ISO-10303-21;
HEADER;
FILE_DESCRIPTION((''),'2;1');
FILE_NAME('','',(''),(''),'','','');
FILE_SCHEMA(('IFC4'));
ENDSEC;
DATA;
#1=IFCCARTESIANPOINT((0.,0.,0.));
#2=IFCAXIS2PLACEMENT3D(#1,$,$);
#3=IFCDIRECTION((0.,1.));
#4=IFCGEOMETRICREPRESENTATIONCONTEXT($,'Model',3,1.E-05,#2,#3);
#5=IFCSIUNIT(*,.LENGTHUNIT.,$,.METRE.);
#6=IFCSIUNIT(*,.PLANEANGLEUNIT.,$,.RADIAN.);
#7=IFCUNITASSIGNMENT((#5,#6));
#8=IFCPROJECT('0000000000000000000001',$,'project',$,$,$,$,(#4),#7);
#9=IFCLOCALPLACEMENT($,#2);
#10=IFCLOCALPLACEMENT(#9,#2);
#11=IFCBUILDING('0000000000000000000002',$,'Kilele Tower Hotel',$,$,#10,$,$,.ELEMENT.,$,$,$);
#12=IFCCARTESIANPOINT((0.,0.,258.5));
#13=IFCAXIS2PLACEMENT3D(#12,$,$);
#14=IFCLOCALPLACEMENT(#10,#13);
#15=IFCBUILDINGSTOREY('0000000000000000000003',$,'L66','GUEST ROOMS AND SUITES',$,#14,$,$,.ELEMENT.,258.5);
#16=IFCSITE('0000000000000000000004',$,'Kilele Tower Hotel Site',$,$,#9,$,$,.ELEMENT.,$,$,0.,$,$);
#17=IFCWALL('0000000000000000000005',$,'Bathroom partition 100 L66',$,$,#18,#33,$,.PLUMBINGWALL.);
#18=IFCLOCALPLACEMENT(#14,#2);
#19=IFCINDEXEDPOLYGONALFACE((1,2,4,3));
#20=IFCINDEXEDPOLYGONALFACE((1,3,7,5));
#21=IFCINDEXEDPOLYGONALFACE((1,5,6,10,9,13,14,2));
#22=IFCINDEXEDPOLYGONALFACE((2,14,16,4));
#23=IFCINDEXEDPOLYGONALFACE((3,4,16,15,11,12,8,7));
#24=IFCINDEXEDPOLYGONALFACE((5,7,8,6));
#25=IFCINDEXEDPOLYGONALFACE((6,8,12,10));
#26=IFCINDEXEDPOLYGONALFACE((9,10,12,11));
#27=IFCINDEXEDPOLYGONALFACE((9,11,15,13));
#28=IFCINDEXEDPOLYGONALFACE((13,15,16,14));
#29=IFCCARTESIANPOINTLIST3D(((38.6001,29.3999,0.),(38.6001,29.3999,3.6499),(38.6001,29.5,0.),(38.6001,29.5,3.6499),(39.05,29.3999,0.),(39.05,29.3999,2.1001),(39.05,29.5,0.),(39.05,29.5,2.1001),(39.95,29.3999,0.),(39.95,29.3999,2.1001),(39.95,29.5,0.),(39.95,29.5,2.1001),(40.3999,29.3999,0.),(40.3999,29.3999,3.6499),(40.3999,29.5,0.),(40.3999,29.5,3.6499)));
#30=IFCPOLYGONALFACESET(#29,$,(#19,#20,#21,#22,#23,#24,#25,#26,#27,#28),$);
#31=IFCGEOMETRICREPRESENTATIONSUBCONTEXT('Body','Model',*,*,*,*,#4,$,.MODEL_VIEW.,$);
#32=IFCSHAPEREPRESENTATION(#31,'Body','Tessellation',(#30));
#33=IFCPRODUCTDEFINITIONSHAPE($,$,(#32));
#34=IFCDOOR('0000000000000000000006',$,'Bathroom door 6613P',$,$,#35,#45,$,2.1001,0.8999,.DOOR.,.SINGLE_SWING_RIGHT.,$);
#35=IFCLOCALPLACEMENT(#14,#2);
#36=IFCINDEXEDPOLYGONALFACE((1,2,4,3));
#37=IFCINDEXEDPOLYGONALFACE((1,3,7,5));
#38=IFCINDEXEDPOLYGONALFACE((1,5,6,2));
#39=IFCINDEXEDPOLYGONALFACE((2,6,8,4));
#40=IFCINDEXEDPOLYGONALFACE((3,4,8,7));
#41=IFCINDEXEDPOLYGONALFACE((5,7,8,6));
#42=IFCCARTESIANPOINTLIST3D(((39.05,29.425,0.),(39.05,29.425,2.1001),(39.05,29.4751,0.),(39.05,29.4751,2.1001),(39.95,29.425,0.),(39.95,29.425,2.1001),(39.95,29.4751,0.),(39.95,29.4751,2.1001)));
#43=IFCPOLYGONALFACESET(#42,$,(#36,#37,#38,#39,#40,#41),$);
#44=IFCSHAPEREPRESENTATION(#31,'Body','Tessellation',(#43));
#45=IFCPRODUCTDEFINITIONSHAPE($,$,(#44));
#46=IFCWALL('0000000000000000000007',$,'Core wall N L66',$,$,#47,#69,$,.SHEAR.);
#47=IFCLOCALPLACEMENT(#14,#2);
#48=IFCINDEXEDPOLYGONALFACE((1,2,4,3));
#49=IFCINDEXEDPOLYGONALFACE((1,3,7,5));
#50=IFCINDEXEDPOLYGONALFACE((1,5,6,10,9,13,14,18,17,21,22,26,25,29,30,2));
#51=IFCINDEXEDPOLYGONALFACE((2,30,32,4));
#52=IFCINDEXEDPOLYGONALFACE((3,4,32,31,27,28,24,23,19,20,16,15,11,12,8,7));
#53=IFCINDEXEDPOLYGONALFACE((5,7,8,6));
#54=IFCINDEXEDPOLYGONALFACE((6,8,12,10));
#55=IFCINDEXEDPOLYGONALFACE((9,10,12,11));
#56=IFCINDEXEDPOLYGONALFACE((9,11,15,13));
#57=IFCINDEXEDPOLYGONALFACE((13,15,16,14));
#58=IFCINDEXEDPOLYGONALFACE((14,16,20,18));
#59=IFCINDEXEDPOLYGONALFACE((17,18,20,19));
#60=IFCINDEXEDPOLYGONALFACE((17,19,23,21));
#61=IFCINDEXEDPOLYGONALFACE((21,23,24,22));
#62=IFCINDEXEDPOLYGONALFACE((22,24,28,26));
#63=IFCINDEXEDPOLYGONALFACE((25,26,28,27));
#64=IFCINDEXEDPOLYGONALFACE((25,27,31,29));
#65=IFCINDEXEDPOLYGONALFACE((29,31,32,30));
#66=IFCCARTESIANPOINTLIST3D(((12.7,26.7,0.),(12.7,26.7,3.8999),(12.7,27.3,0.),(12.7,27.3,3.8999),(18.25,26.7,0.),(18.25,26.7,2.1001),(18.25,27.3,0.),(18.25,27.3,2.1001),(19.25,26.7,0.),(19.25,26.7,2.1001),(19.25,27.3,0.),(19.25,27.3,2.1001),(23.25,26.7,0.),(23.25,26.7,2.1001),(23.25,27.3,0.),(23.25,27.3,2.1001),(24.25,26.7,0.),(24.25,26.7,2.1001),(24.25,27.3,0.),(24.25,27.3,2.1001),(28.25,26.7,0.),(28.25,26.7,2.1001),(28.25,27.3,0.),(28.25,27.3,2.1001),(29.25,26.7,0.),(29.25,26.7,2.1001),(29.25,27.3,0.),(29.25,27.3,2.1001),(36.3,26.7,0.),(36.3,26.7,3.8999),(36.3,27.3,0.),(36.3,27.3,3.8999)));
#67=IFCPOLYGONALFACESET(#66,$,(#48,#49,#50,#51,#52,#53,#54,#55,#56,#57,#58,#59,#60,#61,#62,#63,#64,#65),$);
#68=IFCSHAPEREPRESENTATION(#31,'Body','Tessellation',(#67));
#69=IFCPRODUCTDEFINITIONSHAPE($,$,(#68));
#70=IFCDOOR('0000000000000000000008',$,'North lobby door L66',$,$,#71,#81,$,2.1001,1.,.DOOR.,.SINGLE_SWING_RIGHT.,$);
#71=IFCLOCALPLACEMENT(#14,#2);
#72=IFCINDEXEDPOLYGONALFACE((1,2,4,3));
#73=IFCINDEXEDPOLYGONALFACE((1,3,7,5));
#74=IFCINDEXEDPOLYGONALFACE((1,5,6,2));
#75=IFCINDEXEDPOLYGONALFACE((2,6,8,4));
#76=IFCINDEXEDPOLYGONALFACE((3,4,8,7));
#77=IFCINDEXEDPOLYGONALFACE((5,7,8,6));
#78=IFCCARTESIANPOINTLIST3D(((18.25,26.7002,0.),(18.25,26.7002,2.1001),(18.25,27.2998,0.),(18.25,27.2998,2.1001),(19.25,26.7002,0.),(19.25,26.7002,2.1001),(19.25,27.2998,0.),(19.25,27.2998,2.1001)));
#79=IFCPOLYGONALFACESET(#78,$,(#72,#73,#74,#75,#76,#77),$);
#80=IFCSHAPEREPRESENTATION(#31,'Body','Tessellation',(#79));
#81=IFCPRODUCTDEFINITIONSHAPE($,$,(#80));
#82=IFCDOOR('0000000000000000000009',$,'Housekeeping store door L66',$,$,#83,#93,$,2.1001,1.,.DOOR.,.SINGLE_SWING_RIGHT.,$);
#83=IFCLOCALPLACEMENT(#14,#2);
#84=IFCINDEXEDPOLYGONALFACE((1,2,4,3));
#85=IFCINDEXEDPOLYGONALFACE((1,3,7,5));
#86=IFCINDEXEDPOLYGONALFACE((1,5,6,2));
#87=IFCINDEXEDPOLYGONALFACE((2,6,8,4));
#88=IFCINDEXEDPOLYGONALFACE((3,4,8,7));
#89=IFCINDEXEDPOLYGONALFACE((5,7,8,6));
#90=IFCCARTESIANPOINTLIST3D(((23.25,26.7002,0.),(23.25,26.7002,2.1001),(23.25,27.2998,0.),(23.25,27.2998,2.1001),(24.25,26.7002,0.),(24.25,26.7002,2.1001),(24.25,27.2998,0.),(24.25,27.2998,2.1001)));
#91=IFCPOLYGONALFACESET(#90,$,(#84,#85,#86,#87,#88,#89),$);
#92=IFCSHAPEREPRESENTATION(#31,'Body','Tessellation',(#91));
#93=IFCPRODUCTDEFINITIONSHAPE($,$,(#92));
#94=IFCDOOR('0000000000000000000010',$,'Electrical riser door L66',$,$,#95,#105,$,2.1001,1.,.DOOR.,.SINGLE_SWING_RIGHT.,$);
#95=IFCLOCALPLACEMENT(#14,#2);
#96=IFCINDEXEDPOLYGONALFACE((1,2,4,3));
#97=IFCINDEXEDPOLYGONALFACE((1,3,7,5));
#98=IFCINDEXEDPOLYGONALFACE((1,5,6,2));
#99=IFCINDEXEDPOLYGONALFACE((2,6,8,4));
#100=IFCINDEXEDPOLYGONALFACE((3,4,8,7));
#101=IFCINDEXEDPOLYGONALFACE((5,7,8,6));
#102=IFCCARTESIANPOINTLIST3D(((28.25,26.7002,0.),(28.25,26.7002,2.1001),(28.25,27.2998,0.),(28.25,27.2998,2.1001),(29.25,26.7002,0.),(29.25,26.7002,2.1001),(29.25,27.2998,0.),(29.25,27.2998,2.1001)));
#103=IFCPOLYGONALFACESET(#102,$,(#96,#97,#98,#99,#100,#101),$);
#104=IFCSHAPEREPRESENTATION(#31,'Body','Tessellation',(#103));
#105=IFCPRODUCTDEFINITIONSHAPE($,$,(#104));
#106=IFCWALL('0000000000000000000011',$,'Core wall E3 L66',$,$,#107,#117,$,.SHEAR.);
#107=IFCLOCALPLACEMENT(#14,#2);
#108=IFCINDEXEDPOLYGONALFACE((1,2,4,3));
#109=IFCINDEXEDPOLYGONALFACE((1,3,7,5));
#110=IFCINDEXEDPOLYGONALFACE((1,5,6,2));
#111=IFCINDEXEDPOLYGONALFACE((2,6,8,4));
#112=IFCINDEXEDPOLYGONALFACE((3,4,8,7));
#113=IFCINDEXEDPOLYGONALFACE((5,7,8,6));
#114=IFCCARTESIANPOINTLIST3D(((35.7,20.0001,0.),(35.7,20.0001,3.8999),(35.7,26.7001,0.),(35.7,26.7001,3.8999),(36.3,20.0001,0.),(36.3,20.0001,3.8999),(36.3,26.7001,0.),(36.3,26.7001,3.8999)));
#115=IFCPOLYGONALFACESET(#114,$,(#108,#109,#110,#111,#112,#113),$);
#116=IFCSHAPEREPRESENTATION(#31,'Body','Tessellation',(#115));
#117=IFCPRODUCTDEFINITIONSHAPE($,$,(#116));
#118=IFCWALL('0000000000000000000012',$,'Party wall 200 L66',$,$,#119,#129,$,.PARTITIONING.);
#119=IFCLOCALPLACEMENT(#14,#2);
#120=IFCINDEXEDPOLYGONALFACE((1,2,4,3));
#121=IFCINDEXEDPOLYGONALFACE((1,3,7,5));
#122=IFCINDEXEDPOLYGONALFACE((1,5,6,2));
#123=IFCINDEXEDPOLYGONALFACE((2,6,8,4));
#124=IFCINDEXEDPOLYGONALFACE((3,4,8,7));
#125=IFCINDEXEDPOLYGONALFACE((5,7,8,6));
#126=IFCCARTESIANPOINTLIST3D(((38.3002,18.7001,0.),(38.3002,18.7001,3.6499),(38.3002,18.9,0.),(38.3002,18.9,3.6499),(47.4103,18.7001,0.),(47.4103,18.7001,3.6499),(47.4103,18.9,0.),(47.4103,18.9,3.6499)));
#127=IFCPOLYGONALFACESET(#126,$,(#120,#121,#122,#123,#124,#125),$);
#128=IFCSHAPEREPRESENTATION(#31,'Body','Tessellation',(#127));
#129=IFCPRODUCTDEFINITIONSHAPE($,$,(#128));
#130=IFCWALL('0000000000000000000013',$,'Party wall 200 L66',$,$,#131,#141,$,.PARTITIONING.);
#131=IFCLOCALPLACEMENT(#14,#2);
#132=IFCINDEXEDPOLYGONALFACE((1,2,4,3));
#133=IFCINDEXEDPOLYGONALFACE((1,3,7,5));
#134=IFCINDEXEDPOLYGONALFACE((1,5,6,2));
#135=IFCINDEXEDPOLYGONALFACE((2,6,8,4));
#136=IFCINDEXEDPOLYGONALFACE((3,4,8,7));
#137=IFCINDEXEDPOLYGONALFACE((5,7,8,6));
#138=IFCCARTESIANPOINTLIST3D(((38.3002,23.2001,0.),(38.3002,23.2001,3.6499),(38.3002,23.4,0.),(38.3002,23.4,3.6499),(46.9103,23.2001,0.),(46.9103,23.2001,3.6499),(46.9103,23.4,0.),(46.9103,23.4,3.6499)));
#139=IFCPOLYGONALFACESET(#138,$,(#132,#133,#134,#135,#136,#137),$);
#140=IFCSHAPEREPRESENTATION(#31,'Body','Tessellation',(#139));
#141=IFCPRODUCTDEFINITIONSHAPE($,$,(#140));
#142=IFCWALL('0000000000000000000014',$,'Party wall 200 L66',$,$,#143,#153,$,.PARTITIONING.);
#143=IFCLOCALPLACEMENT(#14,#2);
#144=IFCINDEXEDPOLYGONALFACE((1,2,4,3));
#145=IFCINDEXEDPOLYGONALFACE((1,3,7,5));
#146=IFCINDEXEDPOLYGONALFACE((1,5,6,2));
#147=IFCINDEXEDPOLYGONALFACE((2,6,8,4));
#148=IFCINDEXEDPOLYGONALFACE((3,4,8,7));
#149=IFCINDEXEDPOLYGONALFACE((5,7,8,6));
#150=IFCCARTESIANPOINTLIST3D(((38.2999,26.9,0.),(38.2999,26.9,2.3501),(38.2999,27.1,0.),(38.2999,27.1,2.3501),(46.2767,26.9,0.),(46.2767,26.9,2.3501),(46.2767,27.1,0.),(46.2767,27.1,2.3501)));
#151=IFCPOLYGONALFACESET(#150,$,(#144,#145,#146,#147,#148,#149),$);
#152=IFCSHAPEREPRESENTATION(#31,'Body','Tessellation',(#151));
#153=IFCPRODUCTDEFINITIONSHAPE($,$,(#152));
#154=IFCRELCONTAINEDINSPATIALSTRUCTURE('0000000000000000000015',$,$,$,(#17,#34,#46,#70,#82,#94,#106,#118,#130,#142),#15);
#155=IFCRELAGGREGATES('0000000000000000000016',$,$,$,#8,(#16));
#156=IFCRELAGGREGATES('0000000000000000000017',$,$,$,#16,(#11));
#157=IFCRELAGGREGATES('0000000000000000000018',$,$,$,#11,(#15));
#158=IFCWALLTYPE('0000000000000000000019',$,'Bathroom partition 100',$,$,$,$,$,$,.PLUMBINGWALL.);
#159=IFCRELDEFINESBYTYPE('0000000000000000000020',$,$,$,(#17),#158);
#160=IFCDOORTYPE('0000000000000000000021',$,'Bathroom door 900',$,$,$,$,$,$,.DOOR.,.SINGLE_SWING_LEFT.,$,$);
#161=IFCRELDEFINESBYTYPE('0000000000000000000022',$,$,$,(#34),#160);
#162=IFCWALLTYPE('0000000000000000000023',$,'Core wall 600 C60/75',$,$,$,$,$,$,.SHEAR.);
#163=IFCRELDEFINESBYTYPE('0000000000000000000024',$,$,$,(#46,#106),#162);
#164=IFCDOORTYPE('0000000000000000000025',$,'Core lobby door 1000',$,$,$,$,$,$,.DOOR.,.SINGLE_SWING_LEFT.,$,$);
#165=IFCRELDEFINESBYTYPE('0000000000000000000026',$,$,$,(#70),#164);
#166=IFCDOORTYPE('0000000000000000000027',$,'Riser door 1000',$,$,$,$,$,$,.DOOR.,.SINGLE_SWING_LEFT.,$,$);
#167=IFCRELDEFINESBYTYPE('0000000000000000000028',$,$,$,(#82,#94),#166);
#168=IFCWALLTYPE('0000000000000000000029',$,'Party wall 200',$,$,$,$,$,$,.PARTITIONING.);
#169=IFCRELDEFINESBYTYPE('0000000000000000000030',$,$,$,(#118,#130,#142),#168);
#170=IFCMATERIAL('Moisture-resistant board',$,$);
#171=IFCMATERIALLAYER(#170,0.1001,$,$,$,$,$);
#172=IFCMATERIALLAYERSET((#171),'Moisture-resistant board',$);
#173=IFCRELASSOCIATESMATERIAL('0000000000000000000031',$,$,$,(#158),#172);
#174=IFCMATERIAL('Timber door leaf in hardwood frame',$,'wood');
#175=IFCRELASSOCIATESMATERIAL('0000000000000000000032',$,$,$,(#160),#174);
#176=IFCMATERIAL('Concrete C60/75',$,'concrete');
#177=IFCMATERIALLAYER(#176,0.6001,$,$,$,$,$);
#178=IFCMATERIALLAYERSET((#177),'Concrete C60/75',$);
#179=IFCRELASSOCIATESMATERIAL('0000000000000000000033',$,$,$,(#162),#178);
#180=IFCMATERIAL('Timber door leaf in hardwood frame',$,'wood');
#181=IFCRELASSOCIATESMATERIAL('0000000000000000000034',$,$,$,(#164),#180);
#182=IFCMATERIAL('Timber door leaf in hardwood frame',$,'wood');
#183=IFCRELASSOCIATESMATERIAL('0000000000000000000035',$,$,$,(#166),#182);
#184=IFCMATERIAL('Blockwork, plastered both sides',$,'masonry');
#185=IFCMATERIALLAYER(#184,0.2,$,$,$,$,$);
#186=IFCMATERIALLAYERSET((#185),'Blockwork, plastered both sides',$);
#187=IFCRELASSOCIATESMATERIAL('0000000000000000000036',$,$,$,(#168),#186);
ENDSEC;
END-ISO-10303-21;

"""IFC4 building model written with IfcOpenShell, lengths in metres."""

from ifc_helpers import new_model, si_unit, direction, frame, frame_2d, origin, place, context, subcontext, project, spatial, rectangle, extrude, material, layer, layer_set, type_object, element, fill, save


model = new_model("IFC4")

# Units and contexts
model_context = context("Model", 3, precision=1e-05, world=origin(), true_north=direction((0.0, 1.0)))
body_context = subcontext(model_context, "Body", "Model", "MODEL_VIEW")
ifc_project = project(units=[si_unit("LENGTHUNIT", "METRE"), si_unit("PLANEANGLEUNIT", "RADIAN")], contexts=[model_context])

# Site, building, storey
site_placement = place(None, origin())
site = spatial("IfcSite", under=ifc_project, at=site_placement, Name="Kilele Tower Hotel Site", CompositionType="ELEMENT", RefElevation=0.0)
building_placement = place(site_placement, origin())
building = spatial("IfcBuilding", under=site, at=building_placement, Name="Kilele Tower Hotel", CompositionType="ELEMENT")
storey_placement = place(building_placement, frame((0.0, 0.0, 258.5)))
storey = spatial("IfcBuildingStorey", under=building, at=storey_placement, Name="L66", Description="GUEST ROOMS AND SUITES", CompositionType="ELEMENT", Elevation=258.5)

# Shared definitions
ifc_material_1 = material(Name="Moisture-resistant board")
ifc_layer_1 = layer(ifc_material_1, 0.1001)
ifc_layer_set_1 = layer_set([ifc_layer_1], Name="Moisture-resistant board")
wall_type_1 = type_object("IfcWallType", Name="Bathroom partition 100", PredefinedType="PLUMBINGWALL", material=ifc_layer_set_1)

# Wall, opening, door
ifc_material_2 = material(Name="Timber door leaf in hardwood frame", Category="wood")
door_type_1 = type_object("IfcDoorType", Name="Bathroom door 900", OperationType="SINGLE_SWING_LEFT", PredefinedType="DOOR", material=ifc_material_2)
wall_1_placement = place(storey_placement, frame((38.6001, 29.45, 0.0), z_axis=(0.0, 0.0, 1.0), x_axis=(1.0, 0.0, 0.0)))
wall_1 = element("IfcWall", 1, at=wall_1_placement, inside=storey, type_object=wall_type_1, Name="Bathroom partition 100 L66", PredefinedType="PLUMBINGWALL", context=body_context, shape_type="SweptSolid", body=[
    extrude(rectangle(XDim=1.7998, YDim=0.1001, at=frame_2d((0.8999, 0.0))), origin(), (0.0, 0.0, 1.0), 3.6499),
])
opening_1_placement = place(wall_1_placement, frame((1.3499, 0.0, 0.0), z_axis=(0.0, 0.0, 1.0), x_axis=(-1.0, 0.0, 0.0)))
opening_1 = element("IfcOpeningElement", 2, at=opening_1_placement, cuts=wall_1, PredefinedType="OPENING", context=body_context, shape_type="SweptSolid", body=[
    extrude(rectangle(XDim=0.8999, YDim=2.1001, at=frame_2d((0.45, 1.05))), frame((0.0, 0.0601, 0.0), z_axis=(0.0, -1.0, 0.0), x_axis=(1.0, 0.0, 0.0)), (0.0, 0.0, 1.0), 0.1201),
])
door_1_placement = place(opening_1_placement, origin())
door_1 = element("IfcDoor", 3, at=door_1_placement, inside=storey, type_object=door_type_1, Name="Bathroom door 6613P", OperationType="SINGLE_SWING_RIGHT", OverallHeight=2.1001, OverallWidth=0.8999, PredefinedType="DOOR", context=body_context, shape_type="SweptSolid", body=[
    extrude(rectangle(XDim=0.8999, YDim=2.1001, at=frame_2d((0.45, 1.05))), frame((0.0, 0.0249, 0.0), z_axis=(0.0, -1.0, 0.0), x_axis=(1.0, 0.0, 0.0)), (0.0, 0.0, 1.0), 0.05),
])
fill(opening_1, door_1)

# Wall, openings, doors
ifc_material_3 = material(Name="Concrete C60/75", Category="concrete")
ifc_layer_2 = layer(ifc_material_3, 0.6001)
ifc_layer_set_2 = layer_set([ifc_layer_2], Name="Concrete C60/75")
wall_type_2 = type_object("IfcWallType", Name="Core wall 600 C60/75", PredefinedType="SHEAR", material=ifc_layer_set_2)
wall_2_placement = place(storey_placement, frame((36.3, 27.0, 0.0), z_axis=(0.0, 0.0, 1.0), x_axis=(-1.0, 0.0, 0.0)))
wall_2 = element("IfcWall", 4, at=wall_2_placement, inside=storey, type_object=wall_type_2, Name="Core wall N L66", PredefinedType="SHEAR", context=body_context, shape_type="SweptSolid", body=[
    extrude(rectangle(XDim=23.6001, YDim=0.6001, at=frame_2d((11.8, 0.0))), origin(), (0.0, 0.0, 1.0), 3.8999),
])
opening_2_placement = place(wall_2_placement, frame((17.05, 0.0, 0.0)))
opening_2 = element("IfcOpeningElement", 5, at=opening_2_placement, cuts=wall_2, PredefinedType="OPENING", context=body_context, shape_type="SweptSolid", body=[
    extrude(rectangle(XDim=1.0, YDim=2.1001, at=frame_2d((0.5, 1.05))), frame((0.0, 0.3101, 0.0), z_axis=(0.0, -1.0, 0.0), x_axis=(1.0, 0.0, 0.0)), (0.0, 0.0, 1.0), 0.6201),
])
opening_3_placement = place(wall_2_placement, frame((12.05, 0.0, 0.0)))
opening_3 = element("IfcOpeningElement", 6, at=opening_3_placement, cuts=wall_2, PredefinedType="OPENING", context=body_context, shape_type="SweptSolid", body=[
    extrude(rectangle(XDim=1.0, YDim=2.1001, at=frame_2d((0.5, 1.05))), frame((0.0, 0.3101, 0.0), z_axis=(0.0, -1.0, 0.0), x_axis=(1.0, 0.0, 0.0)), (0.0, 0.0, 1.0), 0.6201),
])
opening_4_placement = place(wall_2_placement, frame((7.05, 0.0, 0.0)))
opening_4 = element("IfcOpeningElement", 7, at=opening_4_placement, cuts=wall_2, PredefinedType="OPENING", context=body_context, shape_type="SweptSolid", body=[
    extrude(rectangle(XDim=1.0, YDim=2.1001, at=frame_2d((0.5, 1.05))), frame((0.0, 0.3101, 0.0), z_axis=(0.0, -1.0, 0.0), x_axis=(1.0, 0.0, 0.0)), (0.0, 0.0, 1.0), 0.6201),
])
ifc_material_4 = material(Name="Timber door leaf in hardwood frame", Category="wood")
door_type_2 = type_object("IfcDoorType", Name="Core lobby door 1000", OperationType="SINGLE_SWING_LEFT", PredefinedType="DOOR", material=ifc_material_4)
door_2_placement = place(opening_2_placement, origin())
door_2 = element("IfcDoor", 8, at=door_2_placement, inside=storey, type_object=door_type_2, Name="North lobby door L66", OperationType="SINGLE_SWING_RIGHT", OverallHeight=2.1001, OverallWidth=1.0, PredefinedType="DOOR", context=body_context, shape_type="SweptSolid", body=[
    extrude(rectangle(XDim=1.0, YDim=2.1001, at=frame_2d((0.5, 1.05))), frame((0.0, 0.2998, 0.0), z_axis=(0.0, -1.0, 0.0), x_axis=(1.0, 0.0, 0.0)), (0.0, 0.0, 1.0), 0.5996),
])
fill(opening_2, door_2)
ifc_material_5 = material(Name="Timber door leaf in hardwood frame", Category="wood")
door_type_3 = type_object("IfcDoorType", Name="Riser door 1000", OperationType="SINGLE_SWING_LEFT", PredefinedType="DOOR", material=ifc_material_5)
door_3_placement = place(opening_3_placement, origin())
door_3 = element("IfcDoor", 9, at=door_3_placement, inside=storey, type_object=door_type_3, Name="Housekeeping store door L66", OperationType="SINGLE_SWING_RIGHT", OverallHeight=2.1001, OverallWidth=1.0, PredefinedType="DOOR", context=body_context, shape_type="SweptSolid", body=[
    extrude(rectangle(XDim=1.0, YDim=2.1001, at=frame_2d((0.5, 1.05))), frame((0.0, 0.2998, 0.0), z_axis=(0.0, -1.0, 0.0), x_axis=(1.0, 0.0, 0.0)), (0.0, 0.0, 1.0), 0.5996),
])
fill(opening_3, door_3)
door_4_placement = place(opening_4_placement, origin())
door_4 = element("IfcDoor", 10, at=door_4_placement, inside=storey, type_object=door_type_3, Name="Electrical riser door L66", OperationType="SINGLE_SWING_RIGHT", OverallHeight=2.1001, OverallWidth=1.0, PredefinedType="DOOR", context=body_context, shape_type="SweptSolid", body=[
    extrude(rectangle(XDim=1.0, YDim=2.1001, at=frame_2d((0.5, 1.05))), frame((0.0, 0.2998, 0.0), z_axis=(0.0, -1.0, 0.0), x_axis=(1.0, 0.0, 0.0)), (0.0, 0.0, 1.0), 0.5996),
])
fill(opening_4, door_4)

# Walls
wall_3_placement = place(storey_placement, frame((36.0, 20.0, 0.0), z_axis=(0.0, 0.0, 1.0), x_axis=(0.0, 1.0, 0.0)))
element("IfcWall", 11, at=wall_3_placement, inside=storey, type_object=wall_type_2, Name="Core wall E3 L66", PredefinedType="SHEAR", context=body_context, shape_type="SweptSolid", body=[
    extrude(rectangle(XDim=6.7, YDim=0.6001, at=frame_2d((3.3501, 0.0))), origin(), (0.0, 0.0, 1.0), 3.8999),
])
ifc_material_6 = material(Name="Blockwork, plastered both sides", Category="masonry")
ifc_layer_3 = layer(ifc_material_6, 0.2)
ifc_layer_set_3 = layer_set([ifc_layer_3], Name="Blockwork, plastered both sides")
wall_type_3 = type_object("IfcWallType", Name="Party wall 200", PredefinedType="PARTITIONING", material=ifc_layer_set_3)
wall_4_placement = place(storey_placement, frame((38.3, 18.8, 0.0), z_axis=(0.0, 0.0, 1.0), x_axis=(1.0, 0.0, 0.0)))
element("IfcWall", 12, at=wall_4_placement, inside=storey, type_object=wall_type_3, Name="Party wall 200 L66", PredefinedType="PARTITIONING", context=body_context, shape_type="SweptSolid", body=[
    extrude(rectangle(XDim=9.1101, YDim=0.2, at=frame_2d((4.5552, 0.0))), origin(), (0.0, 0.0, 1.0), 3.6499),
])
wall_5_placement = place(storey_placement, frame((38.3, 23.3, 0.0), z_axis=(0.0, 0.0, 1.0), x_axis=(1.0, 0.0, 0.0)))
element("IfcWall", 13, at=wall_5_placement, inside=storey, type_object=wall_type_3, Name="Party wall 200 L66", PredefinedType="PARTITIONING", context=body_context, shape_type="SweptSolid", body=[
    extrude(rectangle(XDim=8.6101, YDim=0.2, at=frame_2d((4.3052, 0.0))), origin(), (0.0, 0.0, 1.0), 3.6499),
])
wall_6_placement = place(storey_placement, frame((38.3, 27.0, 0.0), z_axis=(0.0, 0.0, 1.0), x_axis=(1.0, 0.0, 0.0)))
element("IfcWall", 14, at=wall_6_placement, inside=storey, type_object=wall_type_3, Name="Party wall 200 L66", PredefinedType="PARTITIONING", context=body_context, shape_type="SweptSolid", body=[
    extrude(rectangle(XDim=7.9768, YDim=0.2, at=frame_2d((3.9883, 0.0))), origin(), (0.0, 0.0, 1.0), 2.3501),
])

save(model, "model.ifc")
